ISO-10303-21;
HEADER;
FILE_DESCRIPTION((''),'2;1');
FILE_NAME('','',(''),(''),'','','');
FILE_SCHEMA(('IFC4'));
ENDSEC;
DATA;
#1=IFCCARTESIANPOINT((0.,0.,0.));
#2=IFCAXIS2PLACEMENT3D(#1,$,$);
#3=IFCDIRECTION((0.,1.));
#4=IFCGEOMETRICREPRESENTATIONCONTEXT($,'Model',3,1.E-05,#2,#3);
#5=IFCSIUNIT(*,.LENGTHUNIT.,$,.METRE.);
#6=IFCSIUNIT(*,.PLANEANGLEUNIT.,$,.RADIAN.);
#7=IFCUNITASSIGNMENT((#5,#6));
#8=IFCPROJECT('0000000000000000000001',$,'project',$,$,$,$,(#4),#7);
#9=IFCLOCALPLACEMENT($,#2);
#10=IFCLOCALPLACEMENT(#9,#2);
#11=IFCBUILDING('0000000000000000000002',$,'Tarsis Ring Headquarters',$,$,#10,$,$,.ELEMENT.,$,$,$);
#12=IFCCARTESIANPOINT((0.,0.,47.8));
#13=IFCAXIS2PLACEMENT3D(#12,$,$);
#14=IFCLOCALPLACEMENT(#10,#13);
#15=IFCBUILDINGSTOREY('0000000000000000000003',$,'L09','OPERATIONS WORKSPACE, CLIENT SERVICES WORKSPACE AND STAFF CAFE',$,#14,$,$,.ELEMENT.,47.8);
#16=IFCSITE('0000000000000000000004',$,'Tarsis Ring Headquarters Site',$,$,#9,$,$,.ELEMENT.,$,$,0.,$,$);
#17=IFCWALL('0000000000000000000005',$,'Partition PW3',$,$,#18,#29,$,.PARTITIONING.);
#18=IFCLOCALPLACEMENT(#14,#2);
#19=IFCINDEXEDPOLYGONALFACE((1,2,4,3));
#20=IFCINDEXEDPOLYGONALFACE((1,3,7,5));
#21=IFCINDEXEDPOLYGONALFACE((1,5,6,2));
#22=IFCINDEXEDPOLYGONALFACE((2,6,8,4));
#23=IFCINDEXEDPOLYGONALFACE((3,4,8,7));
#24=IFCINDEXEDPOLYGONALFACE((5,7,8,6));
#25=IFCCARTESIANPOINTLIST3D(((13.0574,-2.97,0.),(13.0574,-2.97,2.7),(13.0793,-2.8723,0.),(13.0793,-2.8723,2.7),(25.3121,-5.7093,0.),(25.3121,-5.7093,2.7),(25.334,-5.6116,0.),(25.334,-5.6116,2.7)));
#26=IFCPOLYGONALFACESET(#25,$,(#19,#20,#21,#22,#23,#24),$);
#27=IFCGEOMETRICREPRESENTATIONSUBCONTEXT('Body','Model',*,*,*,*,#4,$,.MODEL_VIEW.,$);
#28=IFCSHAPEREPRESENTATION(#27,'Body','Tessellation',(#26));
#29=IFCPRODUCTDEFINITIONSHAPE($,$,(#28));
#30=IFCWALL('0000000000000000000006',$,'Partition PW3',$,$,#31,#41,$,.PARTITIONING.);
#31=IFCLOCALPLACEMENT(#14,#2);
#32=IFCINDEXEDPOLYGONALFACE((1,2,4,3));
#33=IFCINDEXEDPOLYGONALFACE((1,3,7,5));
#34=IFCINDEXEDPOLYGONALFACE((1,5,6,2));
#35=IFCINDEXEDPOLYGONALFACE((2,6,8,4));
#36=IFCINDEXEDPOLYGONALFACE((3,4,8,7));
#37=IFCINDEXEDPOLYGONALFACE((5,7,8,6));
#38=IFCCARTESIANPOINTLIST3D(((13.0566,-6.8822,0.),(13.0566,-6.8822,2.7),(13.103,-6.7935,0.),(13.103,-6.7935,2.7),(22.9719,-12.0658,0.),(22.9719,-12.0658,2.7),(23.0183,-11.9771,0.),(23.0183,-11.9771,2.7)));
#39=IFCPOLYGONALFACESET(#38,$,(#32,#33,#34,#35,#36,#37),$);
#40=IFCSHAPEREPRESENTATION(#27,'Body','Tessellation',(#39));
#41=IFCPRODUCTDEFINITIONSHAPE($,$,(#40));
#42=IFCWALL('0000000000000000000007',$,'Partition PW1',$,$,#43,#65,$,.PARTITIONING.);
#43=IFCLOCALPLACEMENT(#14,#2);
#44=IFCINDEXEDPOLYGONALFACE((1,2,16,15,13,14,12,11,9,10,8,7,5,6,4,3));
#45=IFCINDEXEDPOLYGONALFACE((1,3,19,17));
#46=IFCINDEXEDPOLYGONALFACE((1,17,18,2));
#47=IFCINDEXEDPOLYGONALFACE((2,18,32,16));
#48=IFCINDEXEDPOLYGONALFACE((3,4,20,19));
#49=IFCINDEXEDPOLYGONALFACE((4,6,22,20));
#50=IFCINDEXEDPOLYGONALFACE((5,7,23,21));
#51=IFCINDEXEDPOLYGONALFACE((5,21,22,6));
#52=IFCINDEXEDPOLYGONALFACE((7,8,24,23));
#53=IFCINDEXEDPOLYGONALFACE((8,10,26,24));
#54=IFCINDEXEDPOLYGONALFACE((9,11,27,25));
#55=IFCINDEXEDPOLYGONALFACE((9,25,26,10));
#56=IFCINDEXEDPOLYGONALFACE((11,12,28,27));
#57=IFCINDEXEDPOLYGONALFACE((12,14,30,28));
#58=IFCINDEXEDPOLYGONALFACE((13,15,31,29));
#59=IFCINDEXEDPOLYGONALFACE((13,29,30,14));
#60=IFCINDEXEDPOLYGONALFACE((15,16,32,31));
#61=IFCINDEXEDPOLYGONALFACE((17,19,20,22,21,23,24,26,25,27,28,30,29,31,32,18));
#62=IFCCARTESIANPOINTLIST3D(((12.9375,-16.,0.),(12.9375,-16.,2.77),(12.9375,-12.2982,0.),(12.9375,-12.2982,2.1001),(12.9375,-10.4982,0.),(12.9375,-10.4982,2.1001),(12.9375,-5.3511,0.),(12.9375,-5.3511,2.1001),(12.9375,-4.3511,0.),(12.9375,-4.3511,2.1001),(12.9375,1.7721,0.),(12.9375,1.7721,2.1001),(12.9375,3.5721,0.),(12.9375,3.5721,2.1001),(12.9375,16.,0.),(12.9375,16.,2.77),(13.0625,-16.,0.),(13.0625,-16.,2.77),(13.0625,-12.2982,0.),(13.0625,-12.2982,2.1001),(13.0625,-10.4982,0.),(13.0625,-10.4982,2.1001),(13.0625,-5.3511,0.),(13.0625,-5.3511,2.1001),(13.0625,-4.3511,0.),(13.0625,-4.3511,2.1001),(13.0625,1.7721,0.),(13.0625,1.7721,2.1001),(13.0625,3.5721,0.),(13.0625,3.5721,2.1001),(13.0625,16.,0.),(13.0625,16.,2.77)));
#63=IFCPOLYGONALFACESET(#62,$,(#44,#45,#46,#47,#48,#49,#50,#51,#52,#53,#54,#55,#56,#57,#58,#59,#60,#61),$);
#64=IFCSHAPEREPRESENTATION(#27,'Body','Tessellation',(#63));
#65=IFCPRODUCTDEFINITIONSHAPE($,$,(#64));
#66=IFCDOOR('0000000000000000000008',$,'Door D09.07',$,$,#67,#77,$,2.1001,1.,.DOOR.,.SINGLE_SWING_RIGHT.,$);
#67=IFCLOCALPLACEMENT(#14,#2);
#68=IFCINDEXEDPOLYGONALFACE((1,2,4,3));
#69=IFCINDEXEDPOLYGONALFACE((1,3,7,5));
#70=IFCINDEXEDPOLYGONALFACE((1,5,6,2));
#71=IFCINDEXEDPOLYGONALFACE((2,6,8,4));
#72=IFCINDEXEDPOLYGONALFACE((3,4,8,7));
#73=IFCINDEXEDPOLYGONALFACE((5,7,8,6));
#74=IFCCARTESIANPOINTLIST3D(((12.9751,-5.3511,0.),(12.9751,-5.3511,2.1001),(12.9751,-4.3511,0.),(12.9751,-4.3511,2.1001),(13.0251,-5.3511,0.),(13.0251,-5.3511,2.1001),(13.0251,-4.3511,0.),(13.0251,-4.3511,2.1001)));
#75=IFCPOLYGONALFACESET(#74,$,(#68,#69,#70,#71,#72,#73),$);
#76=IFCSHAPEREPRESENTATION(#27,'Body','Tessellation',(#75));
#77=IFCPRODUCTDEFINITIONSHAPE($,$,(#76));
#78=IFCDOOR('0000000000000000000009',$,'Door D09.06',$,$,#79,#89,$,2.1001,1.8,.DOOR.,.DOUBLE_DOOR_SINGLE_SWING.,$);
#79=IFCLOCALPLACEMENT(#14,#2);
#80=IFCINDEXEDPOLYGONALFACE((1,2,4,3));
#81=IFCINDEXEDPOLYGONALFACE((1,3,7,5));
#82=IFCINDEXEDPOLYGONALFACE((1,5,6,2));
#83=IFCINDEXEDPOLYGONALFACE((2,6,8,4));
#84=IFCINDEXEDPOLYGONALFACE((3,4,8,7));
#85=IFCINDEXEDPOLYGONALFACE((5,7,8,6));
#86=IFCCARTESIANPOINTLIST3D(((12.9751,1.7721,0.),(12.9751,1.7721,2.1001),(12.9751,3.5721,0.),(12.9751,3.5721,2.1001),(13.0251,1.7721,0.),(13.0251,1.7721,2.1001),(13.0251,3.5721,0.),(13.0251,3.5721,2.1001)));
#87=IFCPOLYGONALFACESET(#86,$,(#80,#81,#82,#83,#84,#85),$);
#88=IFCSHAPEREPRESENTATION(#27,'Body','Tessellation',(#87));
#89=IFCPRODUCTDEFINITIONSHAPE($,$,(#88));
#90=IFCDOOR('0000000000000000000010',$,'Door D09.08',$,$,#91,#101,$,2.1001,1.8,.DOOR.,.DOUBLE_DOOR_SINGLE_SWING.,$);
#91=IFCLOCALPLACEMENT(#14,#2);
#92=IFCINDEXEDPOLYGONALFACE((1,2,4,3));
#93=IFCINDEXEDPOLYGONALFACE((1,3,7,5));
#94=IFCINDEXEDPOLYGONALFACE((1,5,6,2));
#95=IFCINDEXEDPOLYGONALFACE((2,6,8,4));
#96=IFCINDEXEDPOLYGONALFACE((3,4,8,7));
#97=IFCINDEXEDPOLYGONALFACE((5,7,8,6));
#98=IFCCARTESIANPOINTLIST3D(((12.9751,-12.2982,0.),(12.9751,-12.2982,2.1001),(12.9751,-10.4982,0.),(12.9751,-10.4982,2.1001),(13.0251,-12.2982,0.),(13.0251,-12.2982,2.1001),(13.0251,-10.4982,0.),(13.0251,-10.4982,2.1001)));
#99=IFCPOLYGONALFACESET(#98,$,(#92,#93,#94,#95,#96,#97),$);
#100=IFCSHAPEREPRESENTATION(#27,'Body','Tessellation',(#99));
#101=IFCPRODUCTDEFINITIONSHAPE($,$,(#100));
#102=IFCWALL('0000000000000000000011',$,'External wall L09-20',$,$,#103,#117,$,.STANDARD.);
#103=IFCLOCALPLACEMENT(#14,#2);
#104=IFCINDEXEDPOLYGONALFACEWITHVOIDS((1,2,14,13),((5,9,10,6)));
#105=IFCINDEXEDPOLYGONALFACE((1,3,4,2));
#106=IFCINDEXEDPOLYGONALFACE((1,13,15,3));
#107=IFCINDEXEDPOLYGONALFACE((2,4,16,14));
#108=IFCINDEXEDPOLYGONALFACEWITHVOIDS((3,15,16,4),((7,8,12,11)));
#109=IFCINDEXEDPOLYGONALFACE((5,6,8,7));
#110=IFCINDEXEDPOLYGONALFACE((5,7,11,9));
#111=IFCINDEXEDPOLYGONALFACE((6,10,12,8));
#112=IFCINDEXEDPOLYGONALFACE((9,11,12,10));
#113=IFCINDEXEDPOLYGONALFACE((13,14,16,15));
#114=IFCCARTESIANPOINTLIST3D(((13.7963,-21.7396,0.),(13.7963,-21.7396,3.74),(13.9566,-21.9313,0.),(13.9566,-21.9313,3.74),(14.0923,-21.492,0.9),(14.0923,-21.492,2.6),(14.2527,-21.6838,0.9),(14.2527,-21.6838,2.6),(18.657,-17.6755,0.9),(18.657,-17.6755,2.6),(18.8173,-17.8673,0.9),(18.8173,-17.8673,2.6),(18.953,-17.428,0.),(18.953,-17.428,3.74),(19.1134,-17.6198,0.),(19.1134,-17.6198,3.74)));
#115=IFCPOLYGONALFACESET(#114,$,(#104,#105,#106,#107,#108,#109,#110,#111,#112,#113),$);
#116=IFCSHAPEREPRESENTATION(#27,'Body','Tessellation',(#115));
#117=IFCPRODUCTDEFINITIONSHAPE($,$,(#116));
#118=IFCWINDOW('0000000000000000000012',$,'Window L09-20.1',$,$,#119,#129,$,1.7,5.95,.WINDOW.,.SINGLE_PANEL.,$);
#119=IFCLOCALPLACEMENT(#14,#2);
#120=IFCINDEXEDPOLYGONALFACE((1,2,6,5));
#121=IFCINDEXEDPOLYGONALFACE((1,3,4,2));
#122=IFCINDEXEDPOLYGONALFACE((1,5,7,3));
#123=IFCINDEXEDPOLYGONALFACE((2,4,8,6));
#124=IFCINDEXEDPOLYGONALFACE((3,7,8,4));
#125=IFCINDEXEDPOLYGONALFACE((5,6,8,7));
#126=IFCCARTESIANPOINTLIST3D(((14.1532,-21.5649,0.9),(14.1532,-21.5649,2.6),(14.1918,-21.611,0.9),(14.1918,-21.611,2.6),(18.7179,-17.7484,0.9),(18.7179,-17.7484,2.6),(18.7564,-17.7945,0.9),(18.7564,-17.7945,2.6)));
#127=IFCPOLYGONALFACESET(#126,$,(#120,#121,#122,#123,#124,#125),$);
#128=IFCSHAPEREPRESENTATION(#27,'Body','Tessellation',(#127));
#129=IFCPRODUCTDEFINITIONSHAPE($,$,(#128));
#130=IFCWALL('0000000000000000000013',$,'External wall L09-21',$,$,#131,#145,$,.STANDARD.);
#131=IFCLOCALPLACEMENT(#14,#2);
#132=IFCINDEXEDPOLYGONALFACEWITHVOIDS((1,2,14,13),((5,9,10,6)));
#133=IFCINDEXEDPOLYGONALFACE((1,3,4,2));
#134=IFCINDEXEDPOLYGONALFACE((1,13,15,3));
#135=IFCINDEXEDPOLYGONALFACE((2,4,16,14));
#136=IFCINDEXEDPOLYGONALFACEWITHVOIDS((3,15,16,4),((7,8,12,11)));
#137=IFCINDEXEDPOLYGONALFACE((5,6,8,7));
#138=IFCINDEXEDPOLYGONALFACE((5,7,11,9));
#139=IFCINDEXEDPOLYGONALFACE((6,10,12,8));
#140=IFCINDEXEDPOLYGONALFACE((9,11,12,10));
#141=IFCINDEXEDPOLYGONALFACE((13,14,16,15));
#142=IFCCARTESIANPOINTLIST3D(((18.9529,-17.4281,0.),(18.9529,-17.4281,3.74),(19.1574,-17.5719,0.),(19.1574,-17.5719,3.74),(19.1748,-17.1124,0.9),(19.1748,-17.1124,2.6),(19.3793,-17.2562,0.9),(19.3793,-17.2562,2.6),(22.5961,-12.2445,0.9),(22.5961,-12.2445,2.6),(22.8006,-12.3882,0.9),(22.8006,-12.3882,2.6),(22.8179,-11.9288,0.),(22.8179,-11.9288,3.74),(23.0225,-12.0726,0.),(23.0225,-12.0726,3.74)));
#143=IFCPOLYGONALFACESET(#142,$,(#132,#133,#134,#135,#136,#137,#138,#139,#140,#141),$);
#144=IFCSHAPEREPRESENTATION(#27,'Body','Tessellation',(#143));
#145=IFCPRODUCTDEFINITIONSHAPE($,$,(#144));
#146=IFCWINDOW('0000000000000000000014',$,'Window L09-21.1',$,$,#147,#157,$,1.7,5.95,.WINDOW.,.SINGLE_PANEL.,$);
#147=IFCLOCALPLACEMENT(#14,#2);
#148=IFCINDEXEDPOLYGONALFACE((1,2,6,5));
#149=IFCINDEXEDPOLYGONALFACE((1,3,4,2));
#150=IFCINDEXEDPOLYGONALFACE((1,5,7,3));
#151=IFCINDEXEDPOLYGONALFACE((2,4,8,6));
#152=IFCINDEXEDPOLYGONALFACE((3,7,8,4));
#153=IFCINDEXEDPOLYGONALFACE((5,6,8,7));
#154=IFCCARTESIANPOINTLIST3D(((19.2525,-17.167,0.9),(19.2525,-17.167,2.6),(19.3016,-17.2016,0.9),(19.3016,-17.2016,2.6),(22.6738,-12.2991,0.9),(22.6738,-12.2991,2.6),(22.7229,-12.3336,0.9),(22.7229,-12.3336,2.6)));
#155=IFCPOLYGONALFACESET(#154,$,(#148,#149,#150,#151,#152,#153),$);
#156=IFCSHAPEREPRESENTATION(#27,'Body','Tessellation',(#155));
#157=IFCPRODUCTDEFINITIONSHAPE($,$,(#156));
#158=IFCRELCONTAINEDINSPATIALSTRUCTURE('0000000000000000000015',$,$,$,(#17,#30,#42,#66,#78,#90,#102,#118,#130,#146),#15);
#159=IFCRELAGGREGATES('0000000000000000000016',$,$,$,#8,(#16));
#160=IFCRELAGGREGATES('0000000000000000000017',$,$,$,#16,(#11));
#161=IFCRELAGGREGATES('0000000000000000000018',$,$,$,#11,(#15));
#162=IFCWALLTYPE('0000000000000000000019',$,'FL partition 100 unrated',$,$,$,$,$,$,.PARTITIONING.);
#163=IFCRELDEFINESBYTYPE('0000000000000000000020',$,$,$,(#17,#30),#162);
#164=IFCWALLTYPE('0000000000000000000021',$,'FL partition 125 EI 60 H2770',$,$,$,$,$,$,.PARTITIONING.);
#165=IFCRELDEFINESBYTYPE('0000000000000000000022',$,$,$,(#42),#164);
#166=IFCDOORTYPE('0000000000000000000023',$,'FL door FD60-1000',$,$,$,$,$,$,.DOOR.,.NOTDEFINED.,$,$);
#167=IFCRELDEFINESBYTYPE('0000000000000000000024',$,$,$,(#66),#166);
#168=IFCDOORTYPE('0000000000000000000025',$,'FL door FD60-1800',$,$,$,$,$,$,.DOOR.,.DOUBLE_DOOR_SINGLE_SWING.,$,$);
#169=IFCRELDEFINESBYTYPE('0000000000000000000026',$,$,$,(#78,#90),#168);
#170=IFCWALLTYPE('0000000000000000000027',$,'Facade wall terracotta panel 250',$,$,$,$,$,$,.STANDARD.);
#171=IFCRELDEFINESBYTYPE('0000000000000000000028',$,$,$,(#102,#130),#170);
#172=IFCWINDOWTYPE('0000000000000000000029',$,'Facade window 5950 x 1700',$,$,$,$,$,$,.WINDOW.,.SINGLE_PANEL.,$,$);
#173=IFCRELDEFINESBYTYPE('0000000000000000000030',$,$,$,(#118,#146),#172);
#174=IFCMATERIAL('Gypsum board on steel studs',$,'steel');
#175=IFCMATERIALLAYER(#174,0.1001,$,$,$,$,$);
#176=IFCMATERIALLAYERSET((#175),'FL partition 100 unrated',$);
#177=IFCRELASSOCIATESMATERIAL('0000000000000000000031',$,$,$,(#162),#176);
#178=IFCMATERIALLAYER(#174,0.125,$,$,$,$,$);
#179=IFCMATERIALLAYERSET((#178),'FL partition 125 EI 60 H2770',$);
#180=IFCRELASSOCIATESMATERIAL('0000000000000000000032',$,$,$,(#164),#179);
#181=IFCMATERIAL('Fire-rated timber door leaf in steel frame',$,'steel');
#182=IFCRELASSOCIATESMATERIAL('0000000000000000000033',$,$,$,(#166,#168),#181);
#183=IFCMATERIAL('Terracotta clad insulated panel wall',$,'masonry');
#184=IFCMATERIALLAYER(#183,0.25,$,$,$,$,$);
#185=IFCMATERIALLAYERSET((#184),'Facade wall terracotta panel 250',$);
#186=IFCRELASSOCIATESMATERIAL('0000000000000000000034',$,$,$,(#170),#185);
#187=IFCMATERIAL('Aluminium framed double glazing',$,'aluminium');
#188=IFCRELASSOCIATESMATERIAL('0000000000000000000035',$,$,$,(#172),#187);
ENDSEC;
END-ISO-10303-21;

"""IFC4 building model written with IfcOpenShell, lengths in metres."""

from ifc_helpers import new_model, si_unit, direction, frame, frame_2d, origin, place, context, subcontext, project, spatial, rectangle, extrude, material, layer, layer_set, type_object, element, fill, save


model = new_model("IFC4")

# Units and contexts
model_context = context("Model", 3, precision=1e-05, world=origin(), true_north=direction((0.0, 1.0)))
body_context = subcontext(model_context, "Body", "Model", "MODEL_VIEW")
ifc_project = project(units=[si_unit("LENGTHUNIT", "METRE"), si_unit("PLANEANGLEUNIT", "RADIAN")], contexts=[model_context])

# Site, building, storey
site_placement = place(None, origin())
site = spatial("IfcSite", under=ifc_project, at=site_placement, Name="Tarsis Ring Headquarters Site", CompositionType="ELEMENT", RefElevation=0.0)
building_placement = place(site_placement, origin())
building = spatial("IfcBuilding", under=site, at=building_placement, Name="Tarsis Ring Headquarters", CompositionType="ELEMENT")
storey_placement = place(building_placement, frame((0.0, 0.0, 47.8)))
storey = spatial("IfcBuildingStorey", under=building, at=storey_placement, Name="L09", Description="OPERATIONS WORKSPACE, CLIENT SERVICES WORKSPACE AND STAFF CAFE", CompositionType="ELEMENT", Elevation=47.8)

# Walls
ifc_material_1 = material(Name="Gypsum board on steel studs", Category="steel")
ifc_layer_1 = layer(ifc_material_1, 0.1001)
ifc_layer_set_1 = layer_set([ifc_layer_1], Name="FL partition 100 unrated")
wall_type_1 = type_object("IfcWallType", Name="FL partition 100 unrated", PredefinedType="PARTITIONING", material=ifc_layer_set_1)
wall_1_placement = place(storey_placement, frame((13.0684, -2.9211, 0.0), z_axis=(0.0, 0.0, 1.0), x_axis=(0.975916, -0.218145, 0.0)))
element("IfcWall", 1, at=wall_1_placement, inside=storey, type_object=wall_type_1, Name="Partition PW3", PredefinedType="PARTITIONING", context=body_context, shape_type="SweptSolid", body=[
    extrude(rectangle(XDim=12.5571, YDim=0.1001, at=frame_2d((6.2786, 0.0))), origin(), (0.0, 0.0, 1.0), 2.7),
])
wall_2_placement = place(storey_placement, frame((13.0798, -6.8379, 0.0), z_axis=(0.0, 0.0, 1.0), x_axis=(0.886203, -0.463297, 0.0)))
element("IfcWall", 2, at=wall_2_placement, inside=storey, type_object=wall_type_1, Name="Partition PW3", PredefinedType="PARTITIONING", context=body_context, shape_type="SweptSolid", body=[
    extrude(rectangle(XDim=11.1885, YDim=0.1001, at=frame_2d((5.5942, 0.0))), origin(), (0.0, 0.0, 1.0), 2.7),
])

# Wall, openings, doors
ifc_layer_2 = layer(ifc_material_1, 0.125)
ifc_layer_set_2 = layer_set([ifc_layer_2], Name="FL partition 125 EI 60 H2770")
wall_type_2 = type_object("IfcWallType", Name="FL partition 125 EI 60 H2770", PredefinedType="PARTITIONING", material=ifc_layer_set_2)
wall_3_placement = place(storey_placement, frame((13.0, -16.0, 0.0), z_axis=(0.0, 0.0, 1.0), x_axis=(0.0, 1.0, 0.0)))
wall_3 = element("IfcWall", 3, at=wall_3_placement, inside=storey, type_object=wall_type_2, Name="Partition PW1", PredefinedType="PARTITIONING", context=body_context, shape_type="SweptSolid", body=[
    extrude(rectangle(XDim=32.0, YDim=0.125, at=frame_2d((16.0, 0.0))), origin(), (0.0, 0.0, 1.0), 2.77),
])
opening_1_placement = place(wall_3_placement, frame((17.7722, 0.0, 0.0)))
opening_1 = element("IfcOpeningElement", 4, at=opening_1_placement, cuts=wall_3, PredefinedType="OPENING", context=body_context, shape_type="SweptSolid", body=[
    extrude(rectangle(XDim=1.8, YDim=2.1001, at=frame_2d((0.8999, 1.05))), frame((0.0, 0.0725, 0.0), z_axis=(0.0, -1.0, 0.0), x_axis=(1.0, 0.0, 0.0)), (0.0, 0.0, 1.0), 0.145),
])
opening_2_placement = place(wall_3_placement, frame((10.6489, 0.0, 0.0)))
opening_2 = element("IfcOpeningElement", 5, at=opening_2_placement, cuts=wall_3, PredefinedType="OPENING", context=body_context, shape_type="SweptSolid", body=[
    extrude(rectangle(XDim=1.0, YDim=2.1001, at=frame_2d((0.5, 1.05))), frame((0.0, 0.0725, 0.0), z_axis=(0.0, -1.0, 0.0), x_axis=(1.0, 0.0, 0.0)), (0.0, 0.0, 1.0), 0.145),
])
opening_3_placement = place(wall_3_placement, frame((3.7019, 0.0, 0.0)))
opening_3 = element("IfcOpeningElement", 6, at=opening_3_placement, cuts=wall_3, PredefinedType="OPENING", context=body_context, shape_type="SweptSolid", body=[
    extrude(rectangle(XDim=1.8, YDim=2.1001, at=frame_2d((0.8999, 1.05))), frame((0.0, 0.0725, 0.0), z_axis=(0.0, -1.0, 0.0), x_axis=(1.0, 0.0, 0.0)), (0.0, 0.0, 1.0), 0.145),
])
ifc_material_2 = material(Name="Fire-rated timber door leaf in steel frame", Category="steel")
door_type_1 = type_object("IfcDoorType", Name="FL door FD60-1000", OperationType="NOTDEFINED", PredefinedType="DOOR", material=ifc_material_2)
door_1_placement = place(opening_2_placement, origin())
door_1 = element("IfcDoor", 7, at=door_1_placement, inside=storey, type_object=door_type_1, Name="Door D09.07", OperationType="SINGLE_SWING_RIGHT", OverallHeight=2.1001, OverallWidth=1.0, PredefinedType="DOOR", context=body_context, shape_type="SweptSolid", body=[
    extrude(rectangle(XDim=1.0, YDim=2.1001, at=frame_2d((0.5, 1.05))), frame((0.0, 0.0249, 0.0), z_axis=(0.0, -1.0, 0.0), x_axis=(1.0, 0.0, 0.0)), (0.0, 0.0, 1.0), 0.05),
])
fill(opening_2, door_1)
door_type_2 = type_object("IfcDoorType", Name="FL door FD60-1800", OperationType="DOUBLE_DOOR_SINGLE_SWING", PredefinedType="DOOR", material=ifc_material_2)
door_2_placement = place(opening_1_placement, origin())
door_2 = element("IfcDoor", 8, at=door_2_placement, inside=storey, type_object=door_type_2, Name="Door D09.06", OperationType="DOUBLE_DOOR_SINGLE_SWING", OverallHeight=2.1001, OverallWidth=1.8, PredefinedType="DOOR", context=body_context, shape_type="SweptSolid", body=[
    extrude(rectangle(XDim=1.8, YDim=2.1001, at=frame_2d((0.8999, 1.05))), frame((0.0, 0.0249, 0.0), z_axis=(0.0, -1.0, 0.0), x_axis=(1.0, 0.0, 0.0)), (0.0, 0.0, 1.0), 0.05),
])
fill(opening_1, door_2)
door_3_placement = place(opening_3_placement, origin())
door_3 = element("IfcDoor", 9, at=door_3_placement, inside=storey, type_object=door_type_2, Name="Door D09.08", OperationType="DOUBLE_DOOR_SINGLE_SWING", OverallHeight=2.1001, OverallWidth=1.8, PredefinedType="DOOR", context=body_context, shape_type="SweptSolid", body=[
    extrude(rectangle(XDim=1.8, YDim=2.1001, at=frame_2d((0.8999, 1.05))), frame((0.0, 0.0249, 0.0), z_axis=(0.0, -1.0, 0.0), x_axis=(1.0, 0.0, 0.0)), (0.0, 0.0, 1.0), 0.05),
])
fill(opening_3, door_3)

# Walls, openings, windows
ifc_material_3 = material(Name="Terracotta clad insulated panel wall", Category="masonry")
ifc_layer_3 = layer(ifc_material_3, 0.25)
ifc_layer_set_3 = layer_set([ifc_layer_3], Name="Facade wall terracotta panel 250")
wall_type_3 = type_object("IfcWallType", Name="Facade wall terracotta panel 250", PredefinedType="STANDARD", material=ifc_layer_set_3)
wall_4_placement = place(storey_placement, frame((13.8765, -21.8354, 0.0), z_axis=(0.0, 0.0, 1.0), x_axis=(0.767178, 0.641434, 0.0)))
wall_4 = element("IfcWall", 10, at=wall_4_placement, inside=storey, type_object=wall_type_3, Name="External wall L09-20", PredefinedType="STANDARD", context=body_context, shape_type="SweptSolid", body=[
    extrude(rectangle(XDim=6.7217, YDim=0.25, at=frame_2d((3.3608, 0.0))), origin(), (0.0, 0.0, 1.0), 3.74),
])
opening_4_placement = place(wall_4_placement, frame((0.3857, 0.0, 0.8999)))
opening_4 = element("IfcOpeningElement", 11, at=opening_4_placement, cuts=wall_4, PredefinedType="OPENING", context=body_context, shape_type="SweptSolid", body=[
    extrude(rectangle(XDim=5.95, YDim=1.7, at=frame_2d((2.9751, 0.8501))), frame((0.0, 0.135, 0.0), z_axis=(0.0, -1.0, 0.0), x_axis=(1.0, 0.0, 0.0)), (0.0, 0.0, 1.0), 0.27),
])
ifc_material_4 = material(Name="Aluminium framed double glazing", Category="aluminium")
window_type = type_object("IfcWindowType", Name="Facade window 5950 x 1700", PartitioningType="SINGLE_PANEL", PredefinedType="WINDOW", material=ifc_material_4)
window_1_placement = place(opening_4_placement, origin())
window_1 = element("IfcWindow", 12, at=window_1_placement, inside=storey, type_object=window_type, Name="Window L09-20.1", OverallHeight=1.7, OverallWidth=5.95, PartitioningType="SINGLE_PANEL", PredefinedType="WINDOW", context=body_context, shape_type="SweptSolid", body=[
    extrude(rectangle(XDim=5.95, YDim=1.7, at=frame_2d((2.9751, 0.8501))), frame((0.0, 0.03, 0.0), z_axis=(0.0, -1.0, 0.0), x_axis=(1.0, 0.0, 0.0)), (0.0, 0.0, 1.0), 0.0601),
])
fill(opening_4, window_1)
wall_5_placement = place(storey_placement, frame((19.0552, -17.5, 0.0), z_axis=(0.0, 0.0, 1.0), x_axis=(0.575009, 0.818147, 0.0)))
wall_5 = element("IfcWall", 13, at=wall_5_placement, inside=storey, type_object=wall_type_3, Name="External wall L09-21", PredefinedType="STANDARD", context=body_context, shape_type="SweptSolid", body=[
    extrude(rectangle(XDim=6.7217, YDim=0.25, at=frame_2d((3.3608, 0.0))), origin(), (0.0, 0.0, 1.0), 3.74),
])
opening_5_placement = place(wall_5_placement, frame((0.3857, 0.0, 0.8999)))
opening_5 = element("IfcOpeningElement", 14, at=opening_5_placement, cuts=wall_5, PredefinedType="OPENING", context=body_context, shape_type="SweptSolid", body=[
    extrude(rectangle(XDim=5.95, YDim=1.7, at=frame_2d((2.9751, 0.8501))), frame((0.0, 0.135, 0.0), z_axis=(0.0, -1.0, 0.0), x_axis=(1.0, 0.0, 0.0)), (0.0, 0.0, 1.0), 0.27),
])
window_2_placement = place(opening_5_placement, origin())
window_2 = element("IfcWindow", 15, at=window_2_placement, inside=storey, type_object=window_type, Name="Window L09-21.1", OverallHeight=1.7, OverallWidth=5.95, PartitioningType="SINGLE_PANEL", PredefinedType="WINDOW", context=body_context, shape_type="SweptSolid", body=[
    extrude(rectangle(XDim=5.95, YDim=1.7, at=frame_2d((2.9751, 0.8501))), frame((0.0, 0.03, 0.0), z_axis=(0.0, -1.0, 0.0), x_axis=(1.0, 0.0, 0.0)), (0.0, 0.0, 1.0), 0.0601),
])
fill(opening_5, window_2)

save(model, "model.ifc")
